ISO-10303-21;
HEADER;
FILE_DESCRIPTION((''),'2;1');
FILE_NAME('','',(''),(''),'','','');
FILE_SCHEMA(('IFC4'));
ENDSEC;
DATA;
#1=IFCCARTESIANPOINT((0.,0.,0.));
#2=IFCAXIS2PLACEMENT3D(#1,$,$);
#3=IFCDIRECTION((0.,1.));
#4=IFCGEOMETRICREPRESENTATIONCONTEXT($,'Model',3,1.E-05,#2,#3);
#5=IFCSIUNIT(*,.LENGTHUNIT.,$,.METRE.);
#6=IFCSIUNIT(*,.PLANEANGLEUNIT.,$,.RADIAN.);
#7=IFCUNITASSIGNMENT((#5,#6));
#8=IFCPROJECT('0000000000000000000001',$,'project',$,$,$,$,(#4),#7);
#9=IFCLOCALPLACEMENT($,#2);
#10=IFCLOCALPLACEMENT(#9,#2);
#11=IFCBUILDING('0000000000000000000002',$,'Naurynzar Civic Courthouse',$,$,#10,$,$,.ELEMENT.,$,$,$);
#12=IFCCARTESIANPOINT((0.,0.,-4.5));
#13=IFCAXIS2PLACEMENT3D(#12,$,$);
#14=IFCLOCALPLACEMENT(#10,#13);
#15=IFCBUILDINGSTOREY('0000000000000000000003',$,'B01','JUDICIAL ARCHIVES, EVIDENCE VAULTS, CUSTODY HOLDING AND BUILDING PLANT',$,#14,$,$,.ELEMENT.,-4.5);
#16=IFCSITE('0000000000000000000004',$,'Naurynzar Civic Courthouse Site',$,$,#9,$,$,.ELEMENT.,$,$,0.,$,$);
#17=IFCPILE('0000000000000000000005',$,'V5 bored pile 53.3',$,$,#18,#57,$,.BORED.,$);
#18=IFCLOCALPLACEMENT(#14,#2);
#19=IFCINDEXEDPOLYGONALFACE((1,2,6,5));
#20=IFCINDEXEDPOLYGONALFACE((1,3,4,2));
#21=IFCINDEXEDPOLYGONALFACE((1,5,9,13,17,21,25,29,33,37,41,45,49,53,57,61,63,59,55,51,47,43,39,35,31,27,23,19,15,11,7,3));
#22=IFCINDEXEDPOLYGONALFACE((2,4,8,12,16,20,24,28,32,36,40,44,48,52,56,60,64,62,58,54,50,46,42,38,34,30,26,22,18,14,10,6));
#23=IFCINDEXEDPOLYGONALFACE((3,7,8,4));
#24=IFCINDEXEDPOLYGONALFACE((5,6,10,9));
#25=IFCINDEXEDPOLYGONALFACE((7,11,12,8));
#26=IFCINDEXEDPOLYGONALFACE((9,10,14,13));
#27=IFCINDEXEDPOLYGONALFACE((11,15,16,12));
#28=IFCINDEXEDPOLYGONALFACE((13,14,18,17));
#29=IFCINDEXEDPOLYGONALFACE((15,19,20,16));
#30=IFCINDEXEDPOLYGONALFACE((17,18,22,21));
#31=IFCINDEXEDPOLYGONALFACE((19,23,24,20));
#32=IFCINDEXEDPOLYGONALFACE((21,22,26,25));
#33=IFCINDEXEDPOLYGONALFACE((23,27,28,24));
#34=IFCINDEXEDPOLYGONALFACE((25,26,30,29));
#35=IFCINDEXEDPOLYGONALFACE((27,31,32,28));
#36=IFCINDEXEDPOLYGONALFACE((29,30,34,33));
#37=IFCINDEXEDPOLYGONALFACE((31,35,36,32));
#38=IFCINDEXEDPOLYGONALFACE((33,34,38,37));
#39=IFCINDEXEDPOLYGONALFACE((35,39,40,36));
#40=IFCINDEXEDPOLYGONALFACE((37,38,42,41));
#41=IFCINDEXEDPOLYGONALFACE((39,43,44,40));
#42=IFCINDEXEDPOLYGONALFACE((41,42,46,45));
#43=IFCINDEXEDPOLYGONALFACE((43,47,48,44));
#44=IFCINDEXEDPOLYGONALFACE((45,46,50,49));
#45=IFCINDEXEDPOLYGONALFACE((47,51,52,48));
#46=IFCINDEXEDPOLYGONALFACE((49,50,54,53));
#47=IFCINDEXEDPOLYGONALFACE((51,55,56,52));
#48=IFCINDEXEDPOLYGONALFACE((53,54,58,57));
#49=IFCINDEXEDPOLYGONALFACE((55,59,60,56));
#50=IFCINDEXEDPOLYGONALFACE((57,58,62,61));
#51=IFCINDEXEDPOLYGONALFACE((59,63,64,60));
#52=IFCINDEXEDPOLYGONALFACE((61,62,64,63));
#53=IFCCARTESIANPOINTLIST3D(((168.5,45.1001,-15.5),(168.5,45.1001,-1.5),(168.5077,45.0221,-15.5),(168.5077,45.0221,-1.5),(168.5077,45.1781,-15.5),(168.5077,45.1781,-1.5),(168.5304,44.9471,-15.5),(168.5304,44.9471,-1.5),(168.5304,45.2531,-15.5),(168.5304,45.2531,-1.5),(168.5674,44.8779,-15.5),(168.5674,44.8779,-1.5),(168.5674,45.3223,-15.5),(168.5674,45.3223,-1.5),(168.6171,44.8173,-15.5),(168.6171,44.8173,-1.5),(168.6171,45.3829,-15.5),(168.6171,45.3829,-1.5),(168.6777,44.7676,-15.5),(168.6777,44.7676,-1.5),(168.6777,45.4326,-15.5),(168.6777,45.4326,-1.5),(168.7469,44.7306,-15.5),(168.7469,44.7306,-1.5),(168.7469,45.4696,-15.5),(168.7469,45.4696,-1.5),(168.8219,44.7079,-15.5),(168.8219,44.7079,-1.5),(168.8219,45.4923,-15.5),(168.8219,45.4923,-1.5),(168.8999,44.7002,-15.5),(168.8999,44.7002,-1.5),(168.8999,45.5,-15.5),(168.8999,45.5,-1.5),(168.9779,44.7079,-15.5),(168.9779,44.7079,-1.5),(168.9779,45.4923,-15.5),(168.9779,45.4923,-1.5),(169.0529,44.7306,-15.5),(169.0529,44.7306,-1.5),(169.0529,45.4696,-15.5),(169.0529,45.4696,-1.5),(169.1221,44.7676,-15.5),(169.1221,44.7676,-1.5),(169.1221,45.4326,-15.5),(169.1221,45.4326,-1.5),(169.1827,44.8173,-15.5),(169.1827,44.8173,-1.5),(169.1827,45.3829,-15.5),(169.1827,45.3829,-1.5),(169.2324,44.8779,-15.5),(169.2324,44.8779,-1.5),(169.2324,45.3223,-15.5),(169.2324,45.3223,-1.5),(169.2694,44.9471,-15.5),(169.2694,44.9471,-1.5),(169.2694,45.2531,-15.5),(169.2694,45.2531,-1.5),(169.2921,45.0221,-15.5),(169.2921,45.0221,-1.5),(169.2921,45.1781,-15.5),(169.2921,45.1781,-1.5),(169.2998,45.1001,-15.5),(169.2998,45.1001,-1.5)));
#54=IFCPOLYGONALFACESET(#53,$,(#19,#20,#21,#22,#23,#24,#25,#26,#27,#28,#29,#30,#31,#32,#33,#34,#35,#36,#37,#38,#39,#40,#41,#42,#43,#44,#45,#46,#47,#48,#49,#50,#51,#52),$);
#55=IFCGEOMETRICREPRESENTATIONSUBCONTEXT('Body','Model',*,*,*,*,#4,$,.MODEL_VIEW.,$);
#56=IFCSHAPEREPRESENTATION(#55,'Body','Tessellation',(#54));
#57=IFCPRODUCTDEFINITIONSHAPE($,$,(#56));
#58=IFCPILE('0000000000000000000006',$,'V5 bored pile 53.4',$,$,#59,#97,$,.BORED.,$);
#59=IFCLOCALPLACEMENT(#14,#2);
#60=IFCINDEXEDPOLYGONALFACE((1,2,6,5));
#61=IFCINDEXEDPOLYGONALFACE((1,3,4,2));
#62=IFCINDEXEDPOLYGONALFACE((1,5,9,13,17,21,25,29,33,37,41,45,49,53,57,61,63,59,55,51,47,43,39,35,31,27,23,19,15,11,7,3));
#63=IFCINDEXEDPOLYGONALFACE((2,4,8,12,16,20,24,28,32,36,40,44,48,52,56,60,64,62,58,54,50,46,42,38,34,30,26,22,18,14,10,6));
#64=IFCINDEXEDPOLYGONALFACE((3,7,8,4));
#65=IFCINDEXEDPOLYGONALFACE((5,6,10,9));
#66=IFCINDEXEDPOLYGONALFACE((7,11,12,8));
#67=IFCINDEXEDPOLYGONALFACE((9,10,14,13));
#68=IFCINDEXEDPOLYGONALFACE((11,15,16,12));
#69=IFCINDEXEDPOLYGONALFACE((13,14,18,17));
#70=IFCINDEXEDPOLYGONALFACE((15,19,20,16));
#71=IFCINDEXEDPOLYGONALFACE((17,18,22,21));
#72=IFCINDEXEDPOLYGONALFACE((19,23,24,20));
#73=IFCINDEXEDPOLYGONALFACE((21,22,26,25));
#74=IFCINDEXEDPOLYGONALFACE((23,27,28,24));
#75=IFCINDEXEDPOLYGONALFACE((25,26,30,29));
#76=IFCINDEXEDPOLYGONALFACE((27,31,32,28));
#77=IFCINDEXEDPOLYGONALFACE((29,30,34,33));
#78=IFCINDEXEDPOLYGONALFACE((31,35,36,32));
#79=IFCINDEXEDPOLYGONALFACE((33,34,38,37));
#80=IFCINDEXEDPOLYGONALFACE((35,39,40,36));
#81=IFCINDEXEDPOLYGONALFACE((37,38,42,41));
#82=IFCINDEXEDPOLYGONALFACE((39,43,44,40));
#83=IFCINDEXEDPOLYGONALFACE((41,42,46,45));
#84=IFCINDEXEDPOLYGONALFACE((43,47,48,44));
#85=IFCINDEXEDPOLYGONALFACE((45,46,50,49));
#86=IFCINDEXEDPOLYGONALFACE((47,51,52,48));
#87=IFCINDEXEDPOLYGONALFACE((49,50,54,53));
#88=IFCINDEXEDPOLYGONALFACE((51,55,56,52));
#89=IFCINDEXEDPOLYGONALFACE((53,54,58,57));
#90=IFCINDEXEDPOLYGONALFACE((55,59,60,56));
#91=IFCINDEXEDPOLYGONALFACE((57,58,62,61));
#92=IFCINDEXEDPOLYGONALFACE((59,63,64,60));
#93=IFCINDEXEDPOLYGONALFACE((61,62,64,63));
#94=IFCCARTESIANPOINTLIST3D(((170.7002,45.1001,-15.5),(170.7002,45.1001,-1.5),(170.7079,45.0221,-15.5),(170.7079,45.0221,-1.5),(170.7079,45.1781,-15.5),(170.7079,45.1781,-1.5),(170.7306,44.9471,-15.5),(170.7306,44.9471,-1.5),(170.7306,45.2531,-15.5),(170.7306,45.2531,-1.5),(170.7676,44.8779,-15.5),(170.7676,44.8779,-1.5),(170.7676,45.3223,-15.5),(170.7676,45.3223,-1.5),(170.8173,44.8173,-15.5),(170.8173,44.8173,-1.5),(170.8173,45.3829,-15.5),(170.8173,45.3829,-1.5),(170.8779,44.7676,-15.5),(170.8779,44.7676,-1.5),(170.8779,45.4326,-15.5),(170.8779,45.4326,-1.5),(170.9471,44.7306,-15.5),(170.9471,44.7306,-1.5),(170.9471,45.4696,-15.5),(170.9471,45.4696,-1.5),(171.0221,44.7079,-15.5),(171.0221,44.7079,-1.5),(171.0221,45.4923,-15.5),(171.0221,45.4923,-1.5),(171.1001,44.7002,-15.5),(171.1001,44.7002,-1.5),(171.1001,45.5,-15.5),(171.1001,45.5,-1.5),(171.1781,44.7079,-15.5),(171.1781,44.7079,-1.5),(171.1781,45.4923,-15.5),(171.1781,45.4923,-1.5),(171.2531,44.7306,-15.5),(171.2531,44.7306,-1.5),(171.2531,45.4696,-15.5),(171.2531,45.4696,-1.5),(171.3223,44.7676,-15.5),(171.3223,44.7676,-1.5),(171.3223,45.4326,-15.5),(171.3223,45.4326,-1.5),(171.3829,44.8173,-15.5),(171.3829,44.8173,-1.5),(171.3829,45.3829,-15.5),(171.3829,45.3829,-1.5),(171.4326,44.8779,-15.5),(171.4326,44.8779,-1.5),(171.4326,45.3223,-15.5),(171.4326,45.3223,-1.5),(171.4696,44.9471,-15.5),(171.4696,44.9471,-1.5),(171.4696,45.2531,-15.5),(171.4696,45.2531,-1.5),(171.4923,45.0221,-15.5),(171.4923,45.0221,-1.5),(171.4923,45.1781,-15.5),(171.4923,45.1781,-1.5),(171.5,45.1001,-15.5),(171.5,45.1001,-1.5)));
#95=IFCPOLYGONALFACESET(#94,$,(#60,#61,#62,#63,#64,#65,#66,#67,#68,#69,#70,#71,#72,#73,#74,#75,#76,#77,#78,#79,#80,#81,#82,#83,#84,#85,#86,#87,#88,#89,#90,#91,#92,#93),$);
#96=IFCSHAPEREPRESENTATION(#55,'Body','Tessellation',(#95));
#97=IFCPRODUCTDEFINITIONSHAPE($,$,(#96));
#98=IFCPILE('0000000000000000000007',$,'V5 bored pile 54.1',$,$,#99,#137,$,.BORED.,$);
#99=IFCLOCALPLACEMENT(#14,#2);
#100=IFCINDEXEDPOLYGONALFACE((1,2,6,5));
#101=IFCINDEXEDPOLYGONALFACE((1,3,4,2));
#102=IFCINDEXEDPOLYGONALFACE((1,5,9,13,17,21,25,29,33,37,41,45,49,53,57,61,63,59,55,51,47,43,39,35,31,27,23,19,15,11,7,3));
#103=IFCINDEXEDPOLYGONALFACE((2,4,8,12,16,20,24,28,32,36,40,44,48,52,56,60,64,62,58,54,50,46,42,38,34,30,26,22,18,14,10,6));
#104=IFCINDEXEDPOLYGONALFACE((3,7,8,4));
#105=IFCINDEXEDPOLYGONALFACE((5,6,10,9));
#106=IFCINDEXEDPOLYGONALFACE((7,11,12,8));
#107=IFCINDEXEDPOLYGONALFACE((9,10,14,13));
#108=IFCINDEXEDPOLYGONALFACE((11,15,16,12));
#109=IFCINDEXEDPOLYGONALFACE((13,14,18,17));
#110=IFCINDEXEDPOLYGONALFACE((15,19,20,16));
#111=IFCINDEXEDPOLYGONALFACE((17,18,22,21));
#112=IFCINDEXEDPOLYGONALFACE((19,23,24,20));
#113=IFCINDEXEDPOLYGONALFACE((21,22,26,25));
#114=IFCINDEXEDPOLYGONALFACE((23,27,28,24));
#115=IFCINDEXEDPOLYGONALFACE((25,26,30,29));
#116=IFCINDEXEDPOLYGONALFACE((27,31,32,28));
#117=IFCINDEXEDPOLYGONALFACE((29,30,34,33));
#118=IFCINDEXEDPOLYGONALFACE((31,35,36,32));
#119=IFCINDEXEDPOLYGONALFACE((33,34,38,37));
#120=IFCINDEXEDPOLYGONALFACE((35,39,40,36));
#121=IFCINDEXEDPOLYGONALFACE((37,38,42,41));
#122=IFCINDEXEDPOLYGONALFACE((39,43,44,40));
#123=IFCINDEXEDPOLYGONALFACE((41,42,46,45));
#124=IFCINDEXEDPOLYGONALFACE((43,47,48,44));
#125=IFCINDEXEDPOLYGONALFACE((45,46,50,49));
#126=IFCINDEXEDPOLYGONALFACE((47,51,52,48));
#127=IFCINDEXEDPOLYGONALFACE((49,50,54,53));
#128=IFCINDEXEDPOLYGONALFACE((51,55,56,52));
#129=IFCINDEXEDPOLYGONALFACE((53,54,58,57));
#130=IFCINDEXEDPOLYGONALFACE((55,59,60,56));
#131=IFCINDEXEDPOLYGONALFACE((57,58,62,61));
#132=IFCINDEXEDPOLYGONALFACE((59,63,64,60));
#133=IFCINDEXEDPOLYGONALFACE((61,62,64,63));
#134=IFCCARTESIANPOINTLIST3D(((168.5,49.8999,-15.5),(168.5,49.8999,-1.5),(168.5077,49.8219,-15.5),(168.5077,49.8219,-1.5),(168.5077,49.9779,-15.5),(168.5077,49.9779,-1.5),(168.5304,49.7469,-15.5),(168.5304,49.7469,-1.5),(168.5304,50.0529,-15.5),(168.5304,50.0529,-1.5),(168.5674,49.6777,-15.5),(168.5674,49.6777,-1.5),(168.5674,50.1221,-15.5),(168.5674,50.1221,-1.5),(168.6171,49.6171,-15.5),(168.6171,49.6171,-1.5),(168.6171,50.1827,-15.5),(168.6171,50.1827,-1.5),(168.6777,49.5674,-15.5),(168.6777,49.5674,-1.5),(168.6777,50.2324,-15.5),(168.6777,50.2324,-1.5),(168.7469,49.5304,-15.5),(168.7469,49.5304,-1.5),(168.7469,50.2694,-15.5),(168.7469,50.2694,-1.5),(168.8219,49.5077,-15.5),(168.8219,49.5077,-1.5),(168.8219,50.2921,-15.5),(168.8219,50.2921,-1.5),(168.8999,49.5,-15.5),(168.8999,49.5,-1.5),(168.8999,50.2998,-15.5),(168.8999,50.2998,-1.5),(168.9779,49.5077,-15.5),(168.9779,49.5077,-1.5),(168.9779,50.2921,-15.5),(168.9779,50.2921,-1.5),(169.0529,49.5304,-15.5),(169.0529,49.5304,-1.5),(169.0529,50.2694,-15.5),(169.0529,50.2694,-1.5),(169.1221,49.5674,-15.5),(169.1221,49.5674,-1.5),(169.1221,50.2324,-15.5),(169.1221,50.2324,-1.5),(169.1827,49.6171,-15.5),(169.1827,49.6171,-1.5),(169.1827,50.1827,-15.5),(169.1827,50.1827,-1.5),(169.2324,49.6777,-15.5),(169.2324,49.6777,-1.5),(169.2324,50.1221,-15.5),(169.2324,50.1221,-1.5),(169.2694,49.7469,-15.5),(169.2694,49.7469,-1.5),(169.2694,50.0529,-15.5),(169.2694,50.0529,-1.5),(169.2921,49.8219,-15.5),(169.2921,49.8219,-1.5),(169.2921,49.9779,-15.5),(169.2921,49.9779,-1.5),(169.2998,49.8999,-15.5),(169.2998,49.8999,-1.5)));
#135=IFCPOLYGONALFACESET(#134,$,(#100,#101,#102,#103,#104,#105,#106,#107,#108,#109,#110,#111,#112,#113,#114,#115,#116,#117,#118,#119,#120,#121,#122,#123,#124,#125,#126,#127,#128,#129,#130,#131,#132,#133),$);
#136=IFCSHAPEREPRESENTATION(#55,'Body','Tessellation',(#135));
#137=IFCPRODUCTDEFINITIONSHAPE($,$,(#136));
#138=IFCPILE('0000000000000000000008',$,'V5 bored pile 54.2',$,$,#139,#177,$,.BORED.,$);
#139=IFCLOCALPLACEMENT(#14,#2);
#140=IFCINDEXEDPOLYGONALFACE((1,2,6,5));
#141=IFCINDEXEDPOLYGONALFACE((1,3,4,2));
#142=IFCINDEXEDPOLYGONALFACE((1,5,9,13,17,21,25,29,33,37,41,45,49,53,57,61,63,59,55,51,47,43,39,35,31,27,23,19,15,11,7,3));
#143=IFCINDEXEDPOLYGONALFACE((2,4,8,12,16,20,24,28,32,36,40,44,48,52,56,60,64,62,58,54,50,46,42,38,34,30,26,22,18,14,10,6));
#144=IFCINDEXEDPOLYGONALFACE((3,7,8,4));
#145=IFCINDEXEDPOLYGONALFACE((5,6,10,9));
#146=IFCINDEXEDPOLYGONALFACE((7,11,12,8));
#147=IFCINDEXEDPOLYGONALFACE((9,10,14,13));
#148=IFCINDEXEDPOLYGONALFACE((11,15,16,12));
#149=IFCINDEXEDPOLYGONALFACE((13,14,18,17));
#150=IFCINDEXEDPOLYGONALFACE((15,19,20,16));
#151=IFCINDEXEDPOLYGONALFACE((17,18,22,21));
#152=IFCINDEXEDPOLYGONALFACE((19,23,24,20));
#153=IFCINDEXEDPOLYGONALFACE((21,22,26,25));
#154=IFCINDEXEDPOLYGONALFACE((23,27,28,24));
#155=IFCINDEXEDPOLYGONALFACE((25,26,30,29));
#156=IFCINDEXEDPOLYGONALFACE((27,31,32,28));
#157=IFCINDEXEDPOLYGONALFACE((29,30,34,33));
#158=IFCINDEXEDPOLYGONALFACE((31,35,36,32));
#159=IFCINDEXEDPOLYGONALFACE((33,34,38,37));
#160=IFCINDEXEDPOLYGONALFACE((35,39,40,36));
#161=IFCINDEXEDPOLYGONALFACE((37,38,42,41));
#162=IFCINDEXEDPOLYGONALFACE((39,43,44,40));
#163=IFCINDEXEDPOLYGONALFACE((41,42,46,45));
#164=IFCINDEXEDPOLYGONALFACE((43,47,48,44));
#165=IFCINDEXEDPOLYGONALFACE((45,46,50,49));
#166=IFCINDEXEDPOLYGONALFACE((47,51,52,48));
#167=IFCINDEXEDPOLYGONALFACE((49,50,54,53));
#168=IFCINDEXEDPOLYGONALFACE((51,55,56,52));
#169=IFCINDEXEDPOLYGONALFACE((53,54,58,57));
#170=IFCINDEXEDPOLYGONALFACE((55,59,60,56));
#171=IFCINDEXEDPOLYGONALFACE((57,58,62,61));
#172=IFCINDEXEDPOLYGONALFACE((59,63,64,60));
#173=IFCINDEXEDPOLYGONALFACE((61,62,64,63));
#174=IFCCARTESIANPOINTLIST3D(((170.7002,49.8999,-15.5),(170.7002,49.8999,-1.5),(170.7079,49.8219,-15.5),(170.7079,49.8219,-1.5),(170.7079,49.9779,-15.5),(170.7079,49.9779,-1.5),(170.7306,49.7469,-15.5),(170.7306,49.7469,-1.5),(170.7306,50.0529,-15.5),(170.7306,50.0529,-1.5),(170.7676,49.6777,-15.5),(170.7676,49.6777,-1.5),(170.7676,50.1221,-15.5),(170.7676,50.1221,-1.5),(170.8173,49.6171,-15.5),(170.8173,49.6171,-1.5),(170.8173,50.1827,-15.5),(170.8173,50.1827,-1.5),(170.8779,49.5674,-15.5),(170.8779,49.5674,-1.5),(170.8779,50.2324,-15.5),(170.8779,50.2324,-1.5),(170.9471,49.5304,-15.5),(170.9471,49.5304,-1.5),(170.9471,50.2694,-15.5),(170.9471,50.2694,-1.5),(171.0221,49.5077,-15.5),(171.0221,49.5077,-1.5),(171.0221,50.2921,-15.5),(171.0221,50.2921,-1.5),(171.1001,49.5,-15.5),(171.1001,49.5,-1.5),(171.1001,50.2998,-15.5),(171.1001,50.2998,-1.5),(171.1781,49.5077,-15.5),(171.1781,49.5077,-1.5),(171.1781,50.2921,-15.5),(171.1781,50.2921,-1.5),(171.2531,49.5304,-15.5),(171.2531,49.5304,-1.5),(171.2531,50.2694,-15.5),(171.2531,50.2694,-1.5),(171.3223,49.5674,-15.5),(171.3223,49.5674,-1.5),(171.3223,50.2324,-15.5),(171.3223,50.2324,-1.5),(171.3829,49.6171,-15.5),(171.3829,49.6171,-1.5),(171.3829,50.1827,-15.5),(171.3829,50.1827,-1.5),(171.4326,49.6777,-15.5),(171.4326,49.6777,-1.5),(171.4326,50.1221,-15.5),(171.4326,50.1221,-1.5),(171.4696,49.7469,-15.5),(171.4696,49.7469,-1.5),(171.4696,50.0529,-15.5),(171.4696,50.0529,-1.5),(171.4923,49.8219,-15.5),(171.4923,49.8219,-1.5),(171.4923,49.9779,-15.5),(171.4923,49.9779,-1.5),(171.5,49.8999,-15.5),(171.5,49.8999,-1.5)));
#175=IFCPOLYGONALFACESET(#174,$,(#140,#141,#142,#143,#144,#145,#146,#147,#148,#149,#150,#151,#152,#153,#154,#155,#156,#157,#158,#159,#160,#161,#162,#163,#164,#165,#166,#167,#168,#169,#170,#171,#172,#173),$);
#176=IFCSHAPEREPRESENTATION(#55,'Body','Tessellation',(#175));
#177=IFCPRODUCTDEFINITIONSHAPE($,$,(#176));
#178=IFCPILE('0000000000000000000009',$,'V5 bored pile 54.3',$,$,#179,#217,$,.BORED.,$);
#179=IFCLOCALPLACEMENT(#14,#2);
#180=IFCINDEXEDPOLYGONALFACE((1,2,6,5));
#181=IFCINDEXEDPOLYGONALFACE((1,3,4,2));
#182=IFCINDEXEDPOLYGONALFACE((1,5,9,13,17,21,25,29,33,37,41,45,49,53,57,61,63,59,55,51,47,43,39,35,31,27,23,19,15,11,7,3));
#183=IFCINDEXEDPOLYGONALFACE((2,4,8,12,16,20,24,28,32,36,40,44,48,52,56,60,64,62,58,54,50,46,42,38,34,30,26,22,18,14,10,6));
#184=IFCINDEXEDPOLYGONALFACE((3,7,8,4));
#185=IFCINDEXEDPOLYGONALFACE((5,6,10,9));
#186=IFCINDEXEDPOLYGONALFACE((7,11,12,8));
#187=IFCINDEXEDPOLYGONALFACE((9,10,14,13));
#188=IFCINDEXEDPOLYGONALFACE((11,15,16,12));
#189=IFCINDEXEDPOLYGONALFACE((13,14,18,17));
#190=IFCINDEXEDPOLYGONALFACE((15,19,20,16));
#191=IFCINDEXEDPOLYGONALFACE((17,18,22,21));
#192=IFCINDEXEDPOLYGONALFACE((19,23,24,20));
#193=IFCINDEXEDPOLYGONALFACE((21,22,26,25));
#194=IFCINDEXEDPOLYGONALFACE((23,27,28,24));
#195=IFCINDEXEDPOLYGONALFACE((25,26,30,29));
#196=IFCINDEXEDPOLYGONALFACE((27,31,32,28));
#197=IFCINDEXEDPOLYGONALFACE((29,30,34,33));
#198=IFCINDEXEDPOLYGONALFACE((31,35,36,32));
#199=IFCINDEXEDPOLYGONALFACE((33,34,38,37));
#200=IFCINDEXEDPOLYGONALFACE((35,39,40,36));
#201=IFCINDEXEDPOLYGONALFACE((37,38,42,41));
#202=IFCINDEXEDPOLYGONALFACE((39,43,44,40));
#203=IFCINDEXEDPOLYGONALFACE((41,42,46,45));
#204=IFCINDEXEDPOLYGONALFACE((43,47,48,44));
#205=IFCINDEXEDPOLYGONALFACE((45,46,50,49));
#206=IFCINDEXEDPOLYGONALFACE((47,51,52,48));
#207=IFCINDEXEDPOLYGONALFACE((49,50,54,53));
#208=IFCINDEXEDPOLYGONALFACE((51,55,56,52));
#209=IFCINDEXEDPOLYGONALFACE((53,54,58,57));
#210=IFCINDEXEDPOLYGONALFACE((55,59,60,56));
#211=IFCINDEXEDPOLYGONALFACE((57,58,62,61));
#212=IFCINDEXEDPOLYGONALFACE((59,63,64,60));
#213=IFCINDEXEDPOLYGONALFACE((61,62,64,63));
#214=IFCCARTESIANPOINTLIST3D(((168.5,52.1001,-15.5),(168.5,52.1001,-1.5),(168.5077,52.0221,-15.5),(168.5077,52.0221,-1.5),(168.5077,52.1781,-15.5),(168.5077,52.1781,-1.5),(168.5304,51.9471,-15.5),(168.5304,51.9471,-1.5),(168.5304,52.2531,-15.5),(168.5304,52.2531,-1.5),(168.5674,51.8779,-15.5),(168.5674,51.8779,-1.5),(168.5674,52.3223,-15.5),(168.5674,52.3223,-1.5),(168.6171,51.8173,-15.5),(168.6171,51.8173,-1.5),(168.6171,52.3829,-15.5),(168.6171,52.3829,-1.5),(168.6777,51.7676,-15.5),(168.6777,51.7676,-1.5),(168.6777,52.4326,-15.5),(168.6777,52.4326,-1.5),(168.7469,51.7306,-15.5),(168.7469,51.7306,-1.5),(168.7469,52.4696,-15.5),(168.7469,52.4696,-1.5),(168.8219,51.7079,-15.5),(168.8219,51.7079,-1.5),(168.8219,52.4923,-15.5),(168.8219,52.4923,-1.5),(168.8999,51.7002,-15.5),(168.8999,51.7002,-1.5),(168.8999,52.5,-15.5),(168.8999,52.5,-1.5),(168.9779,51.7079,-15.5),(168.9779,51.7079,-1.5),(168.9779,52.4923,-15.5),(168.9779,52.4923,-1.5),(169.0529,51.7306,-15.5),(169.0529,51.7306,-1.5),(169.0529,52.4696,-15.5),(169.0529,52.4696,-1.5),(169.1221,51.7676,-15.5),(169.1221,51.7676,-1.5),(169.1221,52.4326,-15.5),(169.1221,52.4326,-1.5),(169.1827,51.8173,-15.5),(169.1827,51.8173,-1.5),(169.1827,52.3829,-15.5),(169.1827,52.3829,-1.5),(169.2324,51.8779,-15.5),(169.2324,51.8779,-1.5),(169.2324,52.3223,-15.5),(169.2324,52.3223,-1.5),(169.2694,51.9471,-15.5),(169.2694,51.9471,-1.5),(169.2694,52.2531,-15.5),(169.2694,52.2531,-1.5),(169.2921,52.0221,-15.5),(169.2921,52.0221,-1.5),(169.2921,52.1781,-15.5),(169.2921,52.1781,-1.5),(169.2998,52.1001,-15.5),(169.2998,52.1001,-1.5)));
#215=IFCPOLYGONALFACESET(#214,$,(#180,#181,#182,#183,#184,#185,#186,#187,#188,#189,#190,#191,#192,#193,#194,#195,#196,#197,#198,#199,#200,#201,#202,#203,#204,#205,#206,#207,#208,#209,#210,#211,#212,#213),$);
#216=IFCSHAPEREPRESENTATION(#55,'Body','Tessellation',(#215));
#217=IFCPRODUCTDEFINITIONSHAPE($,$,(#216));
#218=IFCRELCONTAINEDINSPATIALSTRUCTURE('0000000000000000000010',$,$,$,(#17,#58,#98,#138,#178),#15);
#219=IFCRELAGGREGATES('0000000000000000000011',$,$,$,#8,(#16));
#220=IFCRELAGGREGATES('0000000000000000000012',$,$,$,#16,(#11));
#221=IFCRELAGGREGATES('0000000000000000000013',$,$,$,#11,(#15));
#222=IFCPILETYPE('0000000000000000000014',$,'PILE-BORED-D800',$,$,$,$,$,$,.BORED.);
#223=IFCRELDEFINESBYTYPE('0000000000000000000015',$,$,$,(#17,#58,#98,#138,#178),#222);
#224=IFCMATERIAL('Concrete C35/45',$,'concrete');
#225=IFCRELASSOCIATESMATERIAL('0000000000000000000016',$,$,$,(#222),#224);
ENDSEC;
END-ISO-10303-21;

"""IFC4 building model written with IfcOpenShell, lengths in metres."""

from ifc_helpers import new_model, si_unit, direction, frame, origin, origin_2d, place, context, subcontext, project, spatial, circle, extrude, material, material_profile, profile_set, type_object, element, save


model = new_model("IFC4")

# Units and contexts
model_context = context("Model", 3, precision=1e-05, world=origin(), true_north=direction((0.0, 1.0)))
body_context = subcontext(model_context, "Body", "Model", "MODEL_VIEW")
ifc_project = project(units=[si_unit("LENGTHUNIT", "METRE"), si_unit("PLANEANGLEUNIT", "RADIAN")], contexts=[model_context])

# Site, building, storey
site_placement = place(None, origin())
site = spatial("IfcSite", under=ifc_project, at=site_placement, Name="Naurynzar Civic Courthouse Site", CompositionType="ELEMENT", RefElevation=0.0)
building_placement = place(site_placement, origin())
building = spatial("IfcBuilding", under=site, at=building_placement, Name="Naurynzar Civic Courthouse", CompositionType="ELEMENT")
storey_placement = place(building_placement, frame((0.0, 0.0, -4.5)))
storey = spatial("IfcBuildingStorey", under=building, at=storey_placement, Name="B01", Description="JUDICIAL ARCHIVES, EVIDENCE VAULTS, CUSTODY HOLDING AND BUILDING PLANT", CompositionType="ELEMENT", Elevation=-4.5)

# Piles
ifc_material_1 = material(Name="Concrete C35/45", Category="concrete")
ifc_material_profile_1 = material_profile(ifc_material_1, circle(Radius=0.3999, at=origin_2d()), Name="PILE D800")
ifc_profile_set_1 = profile_set([ifc_material_profile_1], Name="Concrete C35/45")
pile_type_1 = type_object("IfcPileType", Name="PILE-BORED-D800", PredefinedType="BORED", material=ifc_profile_set_1)
for number, where, z_axis, x_axis, name in (
    (1, (168.8999, 45.1001, -1.5), (0.0, 0.0, -1.0), (1.0, 0.0, 0.0), "V5 bored pile 53.3"),
    (2, (171.1001, 45.1001, -1.5), (0.0, 0.0, -1.0), (1.0, 0.0, 0.0), "V5 bored pile 53.4"),
    (3, (168.8999, 49.8999, -1.5), (0.0, 0.0, -1.0), (1.0, 0.0, 0.0), "V5 bored pile 54.1"),
    (4, (171.1001, 49.8999, -1.5), (0.0, 0.0, -1.0), (1.0, 0.0, 0.0), "V5 bored pile 54.2"),
    (5, (168.8999, 52.1001, -1.5), (0.0, 0.0, -1.0), (1.0, 0.0, 0.0), "V5 bored pile 54.3"),
):
    element("IfcPile", number, at=place(storey_placement, frame(where, z_axis=z_axis, x_axis=x_axis)), inside=storey, type_object=pile_type_1, Name=name, PredefinedType="BORED", context=body_context, shape_type="SweptSolid", body=[
        extrude(circle(Radius=0.3999, at=origin_2d()), origin(), (0.0, 0.0, 1.0), 14.0),
    ])

save(model, "model.ifc")
